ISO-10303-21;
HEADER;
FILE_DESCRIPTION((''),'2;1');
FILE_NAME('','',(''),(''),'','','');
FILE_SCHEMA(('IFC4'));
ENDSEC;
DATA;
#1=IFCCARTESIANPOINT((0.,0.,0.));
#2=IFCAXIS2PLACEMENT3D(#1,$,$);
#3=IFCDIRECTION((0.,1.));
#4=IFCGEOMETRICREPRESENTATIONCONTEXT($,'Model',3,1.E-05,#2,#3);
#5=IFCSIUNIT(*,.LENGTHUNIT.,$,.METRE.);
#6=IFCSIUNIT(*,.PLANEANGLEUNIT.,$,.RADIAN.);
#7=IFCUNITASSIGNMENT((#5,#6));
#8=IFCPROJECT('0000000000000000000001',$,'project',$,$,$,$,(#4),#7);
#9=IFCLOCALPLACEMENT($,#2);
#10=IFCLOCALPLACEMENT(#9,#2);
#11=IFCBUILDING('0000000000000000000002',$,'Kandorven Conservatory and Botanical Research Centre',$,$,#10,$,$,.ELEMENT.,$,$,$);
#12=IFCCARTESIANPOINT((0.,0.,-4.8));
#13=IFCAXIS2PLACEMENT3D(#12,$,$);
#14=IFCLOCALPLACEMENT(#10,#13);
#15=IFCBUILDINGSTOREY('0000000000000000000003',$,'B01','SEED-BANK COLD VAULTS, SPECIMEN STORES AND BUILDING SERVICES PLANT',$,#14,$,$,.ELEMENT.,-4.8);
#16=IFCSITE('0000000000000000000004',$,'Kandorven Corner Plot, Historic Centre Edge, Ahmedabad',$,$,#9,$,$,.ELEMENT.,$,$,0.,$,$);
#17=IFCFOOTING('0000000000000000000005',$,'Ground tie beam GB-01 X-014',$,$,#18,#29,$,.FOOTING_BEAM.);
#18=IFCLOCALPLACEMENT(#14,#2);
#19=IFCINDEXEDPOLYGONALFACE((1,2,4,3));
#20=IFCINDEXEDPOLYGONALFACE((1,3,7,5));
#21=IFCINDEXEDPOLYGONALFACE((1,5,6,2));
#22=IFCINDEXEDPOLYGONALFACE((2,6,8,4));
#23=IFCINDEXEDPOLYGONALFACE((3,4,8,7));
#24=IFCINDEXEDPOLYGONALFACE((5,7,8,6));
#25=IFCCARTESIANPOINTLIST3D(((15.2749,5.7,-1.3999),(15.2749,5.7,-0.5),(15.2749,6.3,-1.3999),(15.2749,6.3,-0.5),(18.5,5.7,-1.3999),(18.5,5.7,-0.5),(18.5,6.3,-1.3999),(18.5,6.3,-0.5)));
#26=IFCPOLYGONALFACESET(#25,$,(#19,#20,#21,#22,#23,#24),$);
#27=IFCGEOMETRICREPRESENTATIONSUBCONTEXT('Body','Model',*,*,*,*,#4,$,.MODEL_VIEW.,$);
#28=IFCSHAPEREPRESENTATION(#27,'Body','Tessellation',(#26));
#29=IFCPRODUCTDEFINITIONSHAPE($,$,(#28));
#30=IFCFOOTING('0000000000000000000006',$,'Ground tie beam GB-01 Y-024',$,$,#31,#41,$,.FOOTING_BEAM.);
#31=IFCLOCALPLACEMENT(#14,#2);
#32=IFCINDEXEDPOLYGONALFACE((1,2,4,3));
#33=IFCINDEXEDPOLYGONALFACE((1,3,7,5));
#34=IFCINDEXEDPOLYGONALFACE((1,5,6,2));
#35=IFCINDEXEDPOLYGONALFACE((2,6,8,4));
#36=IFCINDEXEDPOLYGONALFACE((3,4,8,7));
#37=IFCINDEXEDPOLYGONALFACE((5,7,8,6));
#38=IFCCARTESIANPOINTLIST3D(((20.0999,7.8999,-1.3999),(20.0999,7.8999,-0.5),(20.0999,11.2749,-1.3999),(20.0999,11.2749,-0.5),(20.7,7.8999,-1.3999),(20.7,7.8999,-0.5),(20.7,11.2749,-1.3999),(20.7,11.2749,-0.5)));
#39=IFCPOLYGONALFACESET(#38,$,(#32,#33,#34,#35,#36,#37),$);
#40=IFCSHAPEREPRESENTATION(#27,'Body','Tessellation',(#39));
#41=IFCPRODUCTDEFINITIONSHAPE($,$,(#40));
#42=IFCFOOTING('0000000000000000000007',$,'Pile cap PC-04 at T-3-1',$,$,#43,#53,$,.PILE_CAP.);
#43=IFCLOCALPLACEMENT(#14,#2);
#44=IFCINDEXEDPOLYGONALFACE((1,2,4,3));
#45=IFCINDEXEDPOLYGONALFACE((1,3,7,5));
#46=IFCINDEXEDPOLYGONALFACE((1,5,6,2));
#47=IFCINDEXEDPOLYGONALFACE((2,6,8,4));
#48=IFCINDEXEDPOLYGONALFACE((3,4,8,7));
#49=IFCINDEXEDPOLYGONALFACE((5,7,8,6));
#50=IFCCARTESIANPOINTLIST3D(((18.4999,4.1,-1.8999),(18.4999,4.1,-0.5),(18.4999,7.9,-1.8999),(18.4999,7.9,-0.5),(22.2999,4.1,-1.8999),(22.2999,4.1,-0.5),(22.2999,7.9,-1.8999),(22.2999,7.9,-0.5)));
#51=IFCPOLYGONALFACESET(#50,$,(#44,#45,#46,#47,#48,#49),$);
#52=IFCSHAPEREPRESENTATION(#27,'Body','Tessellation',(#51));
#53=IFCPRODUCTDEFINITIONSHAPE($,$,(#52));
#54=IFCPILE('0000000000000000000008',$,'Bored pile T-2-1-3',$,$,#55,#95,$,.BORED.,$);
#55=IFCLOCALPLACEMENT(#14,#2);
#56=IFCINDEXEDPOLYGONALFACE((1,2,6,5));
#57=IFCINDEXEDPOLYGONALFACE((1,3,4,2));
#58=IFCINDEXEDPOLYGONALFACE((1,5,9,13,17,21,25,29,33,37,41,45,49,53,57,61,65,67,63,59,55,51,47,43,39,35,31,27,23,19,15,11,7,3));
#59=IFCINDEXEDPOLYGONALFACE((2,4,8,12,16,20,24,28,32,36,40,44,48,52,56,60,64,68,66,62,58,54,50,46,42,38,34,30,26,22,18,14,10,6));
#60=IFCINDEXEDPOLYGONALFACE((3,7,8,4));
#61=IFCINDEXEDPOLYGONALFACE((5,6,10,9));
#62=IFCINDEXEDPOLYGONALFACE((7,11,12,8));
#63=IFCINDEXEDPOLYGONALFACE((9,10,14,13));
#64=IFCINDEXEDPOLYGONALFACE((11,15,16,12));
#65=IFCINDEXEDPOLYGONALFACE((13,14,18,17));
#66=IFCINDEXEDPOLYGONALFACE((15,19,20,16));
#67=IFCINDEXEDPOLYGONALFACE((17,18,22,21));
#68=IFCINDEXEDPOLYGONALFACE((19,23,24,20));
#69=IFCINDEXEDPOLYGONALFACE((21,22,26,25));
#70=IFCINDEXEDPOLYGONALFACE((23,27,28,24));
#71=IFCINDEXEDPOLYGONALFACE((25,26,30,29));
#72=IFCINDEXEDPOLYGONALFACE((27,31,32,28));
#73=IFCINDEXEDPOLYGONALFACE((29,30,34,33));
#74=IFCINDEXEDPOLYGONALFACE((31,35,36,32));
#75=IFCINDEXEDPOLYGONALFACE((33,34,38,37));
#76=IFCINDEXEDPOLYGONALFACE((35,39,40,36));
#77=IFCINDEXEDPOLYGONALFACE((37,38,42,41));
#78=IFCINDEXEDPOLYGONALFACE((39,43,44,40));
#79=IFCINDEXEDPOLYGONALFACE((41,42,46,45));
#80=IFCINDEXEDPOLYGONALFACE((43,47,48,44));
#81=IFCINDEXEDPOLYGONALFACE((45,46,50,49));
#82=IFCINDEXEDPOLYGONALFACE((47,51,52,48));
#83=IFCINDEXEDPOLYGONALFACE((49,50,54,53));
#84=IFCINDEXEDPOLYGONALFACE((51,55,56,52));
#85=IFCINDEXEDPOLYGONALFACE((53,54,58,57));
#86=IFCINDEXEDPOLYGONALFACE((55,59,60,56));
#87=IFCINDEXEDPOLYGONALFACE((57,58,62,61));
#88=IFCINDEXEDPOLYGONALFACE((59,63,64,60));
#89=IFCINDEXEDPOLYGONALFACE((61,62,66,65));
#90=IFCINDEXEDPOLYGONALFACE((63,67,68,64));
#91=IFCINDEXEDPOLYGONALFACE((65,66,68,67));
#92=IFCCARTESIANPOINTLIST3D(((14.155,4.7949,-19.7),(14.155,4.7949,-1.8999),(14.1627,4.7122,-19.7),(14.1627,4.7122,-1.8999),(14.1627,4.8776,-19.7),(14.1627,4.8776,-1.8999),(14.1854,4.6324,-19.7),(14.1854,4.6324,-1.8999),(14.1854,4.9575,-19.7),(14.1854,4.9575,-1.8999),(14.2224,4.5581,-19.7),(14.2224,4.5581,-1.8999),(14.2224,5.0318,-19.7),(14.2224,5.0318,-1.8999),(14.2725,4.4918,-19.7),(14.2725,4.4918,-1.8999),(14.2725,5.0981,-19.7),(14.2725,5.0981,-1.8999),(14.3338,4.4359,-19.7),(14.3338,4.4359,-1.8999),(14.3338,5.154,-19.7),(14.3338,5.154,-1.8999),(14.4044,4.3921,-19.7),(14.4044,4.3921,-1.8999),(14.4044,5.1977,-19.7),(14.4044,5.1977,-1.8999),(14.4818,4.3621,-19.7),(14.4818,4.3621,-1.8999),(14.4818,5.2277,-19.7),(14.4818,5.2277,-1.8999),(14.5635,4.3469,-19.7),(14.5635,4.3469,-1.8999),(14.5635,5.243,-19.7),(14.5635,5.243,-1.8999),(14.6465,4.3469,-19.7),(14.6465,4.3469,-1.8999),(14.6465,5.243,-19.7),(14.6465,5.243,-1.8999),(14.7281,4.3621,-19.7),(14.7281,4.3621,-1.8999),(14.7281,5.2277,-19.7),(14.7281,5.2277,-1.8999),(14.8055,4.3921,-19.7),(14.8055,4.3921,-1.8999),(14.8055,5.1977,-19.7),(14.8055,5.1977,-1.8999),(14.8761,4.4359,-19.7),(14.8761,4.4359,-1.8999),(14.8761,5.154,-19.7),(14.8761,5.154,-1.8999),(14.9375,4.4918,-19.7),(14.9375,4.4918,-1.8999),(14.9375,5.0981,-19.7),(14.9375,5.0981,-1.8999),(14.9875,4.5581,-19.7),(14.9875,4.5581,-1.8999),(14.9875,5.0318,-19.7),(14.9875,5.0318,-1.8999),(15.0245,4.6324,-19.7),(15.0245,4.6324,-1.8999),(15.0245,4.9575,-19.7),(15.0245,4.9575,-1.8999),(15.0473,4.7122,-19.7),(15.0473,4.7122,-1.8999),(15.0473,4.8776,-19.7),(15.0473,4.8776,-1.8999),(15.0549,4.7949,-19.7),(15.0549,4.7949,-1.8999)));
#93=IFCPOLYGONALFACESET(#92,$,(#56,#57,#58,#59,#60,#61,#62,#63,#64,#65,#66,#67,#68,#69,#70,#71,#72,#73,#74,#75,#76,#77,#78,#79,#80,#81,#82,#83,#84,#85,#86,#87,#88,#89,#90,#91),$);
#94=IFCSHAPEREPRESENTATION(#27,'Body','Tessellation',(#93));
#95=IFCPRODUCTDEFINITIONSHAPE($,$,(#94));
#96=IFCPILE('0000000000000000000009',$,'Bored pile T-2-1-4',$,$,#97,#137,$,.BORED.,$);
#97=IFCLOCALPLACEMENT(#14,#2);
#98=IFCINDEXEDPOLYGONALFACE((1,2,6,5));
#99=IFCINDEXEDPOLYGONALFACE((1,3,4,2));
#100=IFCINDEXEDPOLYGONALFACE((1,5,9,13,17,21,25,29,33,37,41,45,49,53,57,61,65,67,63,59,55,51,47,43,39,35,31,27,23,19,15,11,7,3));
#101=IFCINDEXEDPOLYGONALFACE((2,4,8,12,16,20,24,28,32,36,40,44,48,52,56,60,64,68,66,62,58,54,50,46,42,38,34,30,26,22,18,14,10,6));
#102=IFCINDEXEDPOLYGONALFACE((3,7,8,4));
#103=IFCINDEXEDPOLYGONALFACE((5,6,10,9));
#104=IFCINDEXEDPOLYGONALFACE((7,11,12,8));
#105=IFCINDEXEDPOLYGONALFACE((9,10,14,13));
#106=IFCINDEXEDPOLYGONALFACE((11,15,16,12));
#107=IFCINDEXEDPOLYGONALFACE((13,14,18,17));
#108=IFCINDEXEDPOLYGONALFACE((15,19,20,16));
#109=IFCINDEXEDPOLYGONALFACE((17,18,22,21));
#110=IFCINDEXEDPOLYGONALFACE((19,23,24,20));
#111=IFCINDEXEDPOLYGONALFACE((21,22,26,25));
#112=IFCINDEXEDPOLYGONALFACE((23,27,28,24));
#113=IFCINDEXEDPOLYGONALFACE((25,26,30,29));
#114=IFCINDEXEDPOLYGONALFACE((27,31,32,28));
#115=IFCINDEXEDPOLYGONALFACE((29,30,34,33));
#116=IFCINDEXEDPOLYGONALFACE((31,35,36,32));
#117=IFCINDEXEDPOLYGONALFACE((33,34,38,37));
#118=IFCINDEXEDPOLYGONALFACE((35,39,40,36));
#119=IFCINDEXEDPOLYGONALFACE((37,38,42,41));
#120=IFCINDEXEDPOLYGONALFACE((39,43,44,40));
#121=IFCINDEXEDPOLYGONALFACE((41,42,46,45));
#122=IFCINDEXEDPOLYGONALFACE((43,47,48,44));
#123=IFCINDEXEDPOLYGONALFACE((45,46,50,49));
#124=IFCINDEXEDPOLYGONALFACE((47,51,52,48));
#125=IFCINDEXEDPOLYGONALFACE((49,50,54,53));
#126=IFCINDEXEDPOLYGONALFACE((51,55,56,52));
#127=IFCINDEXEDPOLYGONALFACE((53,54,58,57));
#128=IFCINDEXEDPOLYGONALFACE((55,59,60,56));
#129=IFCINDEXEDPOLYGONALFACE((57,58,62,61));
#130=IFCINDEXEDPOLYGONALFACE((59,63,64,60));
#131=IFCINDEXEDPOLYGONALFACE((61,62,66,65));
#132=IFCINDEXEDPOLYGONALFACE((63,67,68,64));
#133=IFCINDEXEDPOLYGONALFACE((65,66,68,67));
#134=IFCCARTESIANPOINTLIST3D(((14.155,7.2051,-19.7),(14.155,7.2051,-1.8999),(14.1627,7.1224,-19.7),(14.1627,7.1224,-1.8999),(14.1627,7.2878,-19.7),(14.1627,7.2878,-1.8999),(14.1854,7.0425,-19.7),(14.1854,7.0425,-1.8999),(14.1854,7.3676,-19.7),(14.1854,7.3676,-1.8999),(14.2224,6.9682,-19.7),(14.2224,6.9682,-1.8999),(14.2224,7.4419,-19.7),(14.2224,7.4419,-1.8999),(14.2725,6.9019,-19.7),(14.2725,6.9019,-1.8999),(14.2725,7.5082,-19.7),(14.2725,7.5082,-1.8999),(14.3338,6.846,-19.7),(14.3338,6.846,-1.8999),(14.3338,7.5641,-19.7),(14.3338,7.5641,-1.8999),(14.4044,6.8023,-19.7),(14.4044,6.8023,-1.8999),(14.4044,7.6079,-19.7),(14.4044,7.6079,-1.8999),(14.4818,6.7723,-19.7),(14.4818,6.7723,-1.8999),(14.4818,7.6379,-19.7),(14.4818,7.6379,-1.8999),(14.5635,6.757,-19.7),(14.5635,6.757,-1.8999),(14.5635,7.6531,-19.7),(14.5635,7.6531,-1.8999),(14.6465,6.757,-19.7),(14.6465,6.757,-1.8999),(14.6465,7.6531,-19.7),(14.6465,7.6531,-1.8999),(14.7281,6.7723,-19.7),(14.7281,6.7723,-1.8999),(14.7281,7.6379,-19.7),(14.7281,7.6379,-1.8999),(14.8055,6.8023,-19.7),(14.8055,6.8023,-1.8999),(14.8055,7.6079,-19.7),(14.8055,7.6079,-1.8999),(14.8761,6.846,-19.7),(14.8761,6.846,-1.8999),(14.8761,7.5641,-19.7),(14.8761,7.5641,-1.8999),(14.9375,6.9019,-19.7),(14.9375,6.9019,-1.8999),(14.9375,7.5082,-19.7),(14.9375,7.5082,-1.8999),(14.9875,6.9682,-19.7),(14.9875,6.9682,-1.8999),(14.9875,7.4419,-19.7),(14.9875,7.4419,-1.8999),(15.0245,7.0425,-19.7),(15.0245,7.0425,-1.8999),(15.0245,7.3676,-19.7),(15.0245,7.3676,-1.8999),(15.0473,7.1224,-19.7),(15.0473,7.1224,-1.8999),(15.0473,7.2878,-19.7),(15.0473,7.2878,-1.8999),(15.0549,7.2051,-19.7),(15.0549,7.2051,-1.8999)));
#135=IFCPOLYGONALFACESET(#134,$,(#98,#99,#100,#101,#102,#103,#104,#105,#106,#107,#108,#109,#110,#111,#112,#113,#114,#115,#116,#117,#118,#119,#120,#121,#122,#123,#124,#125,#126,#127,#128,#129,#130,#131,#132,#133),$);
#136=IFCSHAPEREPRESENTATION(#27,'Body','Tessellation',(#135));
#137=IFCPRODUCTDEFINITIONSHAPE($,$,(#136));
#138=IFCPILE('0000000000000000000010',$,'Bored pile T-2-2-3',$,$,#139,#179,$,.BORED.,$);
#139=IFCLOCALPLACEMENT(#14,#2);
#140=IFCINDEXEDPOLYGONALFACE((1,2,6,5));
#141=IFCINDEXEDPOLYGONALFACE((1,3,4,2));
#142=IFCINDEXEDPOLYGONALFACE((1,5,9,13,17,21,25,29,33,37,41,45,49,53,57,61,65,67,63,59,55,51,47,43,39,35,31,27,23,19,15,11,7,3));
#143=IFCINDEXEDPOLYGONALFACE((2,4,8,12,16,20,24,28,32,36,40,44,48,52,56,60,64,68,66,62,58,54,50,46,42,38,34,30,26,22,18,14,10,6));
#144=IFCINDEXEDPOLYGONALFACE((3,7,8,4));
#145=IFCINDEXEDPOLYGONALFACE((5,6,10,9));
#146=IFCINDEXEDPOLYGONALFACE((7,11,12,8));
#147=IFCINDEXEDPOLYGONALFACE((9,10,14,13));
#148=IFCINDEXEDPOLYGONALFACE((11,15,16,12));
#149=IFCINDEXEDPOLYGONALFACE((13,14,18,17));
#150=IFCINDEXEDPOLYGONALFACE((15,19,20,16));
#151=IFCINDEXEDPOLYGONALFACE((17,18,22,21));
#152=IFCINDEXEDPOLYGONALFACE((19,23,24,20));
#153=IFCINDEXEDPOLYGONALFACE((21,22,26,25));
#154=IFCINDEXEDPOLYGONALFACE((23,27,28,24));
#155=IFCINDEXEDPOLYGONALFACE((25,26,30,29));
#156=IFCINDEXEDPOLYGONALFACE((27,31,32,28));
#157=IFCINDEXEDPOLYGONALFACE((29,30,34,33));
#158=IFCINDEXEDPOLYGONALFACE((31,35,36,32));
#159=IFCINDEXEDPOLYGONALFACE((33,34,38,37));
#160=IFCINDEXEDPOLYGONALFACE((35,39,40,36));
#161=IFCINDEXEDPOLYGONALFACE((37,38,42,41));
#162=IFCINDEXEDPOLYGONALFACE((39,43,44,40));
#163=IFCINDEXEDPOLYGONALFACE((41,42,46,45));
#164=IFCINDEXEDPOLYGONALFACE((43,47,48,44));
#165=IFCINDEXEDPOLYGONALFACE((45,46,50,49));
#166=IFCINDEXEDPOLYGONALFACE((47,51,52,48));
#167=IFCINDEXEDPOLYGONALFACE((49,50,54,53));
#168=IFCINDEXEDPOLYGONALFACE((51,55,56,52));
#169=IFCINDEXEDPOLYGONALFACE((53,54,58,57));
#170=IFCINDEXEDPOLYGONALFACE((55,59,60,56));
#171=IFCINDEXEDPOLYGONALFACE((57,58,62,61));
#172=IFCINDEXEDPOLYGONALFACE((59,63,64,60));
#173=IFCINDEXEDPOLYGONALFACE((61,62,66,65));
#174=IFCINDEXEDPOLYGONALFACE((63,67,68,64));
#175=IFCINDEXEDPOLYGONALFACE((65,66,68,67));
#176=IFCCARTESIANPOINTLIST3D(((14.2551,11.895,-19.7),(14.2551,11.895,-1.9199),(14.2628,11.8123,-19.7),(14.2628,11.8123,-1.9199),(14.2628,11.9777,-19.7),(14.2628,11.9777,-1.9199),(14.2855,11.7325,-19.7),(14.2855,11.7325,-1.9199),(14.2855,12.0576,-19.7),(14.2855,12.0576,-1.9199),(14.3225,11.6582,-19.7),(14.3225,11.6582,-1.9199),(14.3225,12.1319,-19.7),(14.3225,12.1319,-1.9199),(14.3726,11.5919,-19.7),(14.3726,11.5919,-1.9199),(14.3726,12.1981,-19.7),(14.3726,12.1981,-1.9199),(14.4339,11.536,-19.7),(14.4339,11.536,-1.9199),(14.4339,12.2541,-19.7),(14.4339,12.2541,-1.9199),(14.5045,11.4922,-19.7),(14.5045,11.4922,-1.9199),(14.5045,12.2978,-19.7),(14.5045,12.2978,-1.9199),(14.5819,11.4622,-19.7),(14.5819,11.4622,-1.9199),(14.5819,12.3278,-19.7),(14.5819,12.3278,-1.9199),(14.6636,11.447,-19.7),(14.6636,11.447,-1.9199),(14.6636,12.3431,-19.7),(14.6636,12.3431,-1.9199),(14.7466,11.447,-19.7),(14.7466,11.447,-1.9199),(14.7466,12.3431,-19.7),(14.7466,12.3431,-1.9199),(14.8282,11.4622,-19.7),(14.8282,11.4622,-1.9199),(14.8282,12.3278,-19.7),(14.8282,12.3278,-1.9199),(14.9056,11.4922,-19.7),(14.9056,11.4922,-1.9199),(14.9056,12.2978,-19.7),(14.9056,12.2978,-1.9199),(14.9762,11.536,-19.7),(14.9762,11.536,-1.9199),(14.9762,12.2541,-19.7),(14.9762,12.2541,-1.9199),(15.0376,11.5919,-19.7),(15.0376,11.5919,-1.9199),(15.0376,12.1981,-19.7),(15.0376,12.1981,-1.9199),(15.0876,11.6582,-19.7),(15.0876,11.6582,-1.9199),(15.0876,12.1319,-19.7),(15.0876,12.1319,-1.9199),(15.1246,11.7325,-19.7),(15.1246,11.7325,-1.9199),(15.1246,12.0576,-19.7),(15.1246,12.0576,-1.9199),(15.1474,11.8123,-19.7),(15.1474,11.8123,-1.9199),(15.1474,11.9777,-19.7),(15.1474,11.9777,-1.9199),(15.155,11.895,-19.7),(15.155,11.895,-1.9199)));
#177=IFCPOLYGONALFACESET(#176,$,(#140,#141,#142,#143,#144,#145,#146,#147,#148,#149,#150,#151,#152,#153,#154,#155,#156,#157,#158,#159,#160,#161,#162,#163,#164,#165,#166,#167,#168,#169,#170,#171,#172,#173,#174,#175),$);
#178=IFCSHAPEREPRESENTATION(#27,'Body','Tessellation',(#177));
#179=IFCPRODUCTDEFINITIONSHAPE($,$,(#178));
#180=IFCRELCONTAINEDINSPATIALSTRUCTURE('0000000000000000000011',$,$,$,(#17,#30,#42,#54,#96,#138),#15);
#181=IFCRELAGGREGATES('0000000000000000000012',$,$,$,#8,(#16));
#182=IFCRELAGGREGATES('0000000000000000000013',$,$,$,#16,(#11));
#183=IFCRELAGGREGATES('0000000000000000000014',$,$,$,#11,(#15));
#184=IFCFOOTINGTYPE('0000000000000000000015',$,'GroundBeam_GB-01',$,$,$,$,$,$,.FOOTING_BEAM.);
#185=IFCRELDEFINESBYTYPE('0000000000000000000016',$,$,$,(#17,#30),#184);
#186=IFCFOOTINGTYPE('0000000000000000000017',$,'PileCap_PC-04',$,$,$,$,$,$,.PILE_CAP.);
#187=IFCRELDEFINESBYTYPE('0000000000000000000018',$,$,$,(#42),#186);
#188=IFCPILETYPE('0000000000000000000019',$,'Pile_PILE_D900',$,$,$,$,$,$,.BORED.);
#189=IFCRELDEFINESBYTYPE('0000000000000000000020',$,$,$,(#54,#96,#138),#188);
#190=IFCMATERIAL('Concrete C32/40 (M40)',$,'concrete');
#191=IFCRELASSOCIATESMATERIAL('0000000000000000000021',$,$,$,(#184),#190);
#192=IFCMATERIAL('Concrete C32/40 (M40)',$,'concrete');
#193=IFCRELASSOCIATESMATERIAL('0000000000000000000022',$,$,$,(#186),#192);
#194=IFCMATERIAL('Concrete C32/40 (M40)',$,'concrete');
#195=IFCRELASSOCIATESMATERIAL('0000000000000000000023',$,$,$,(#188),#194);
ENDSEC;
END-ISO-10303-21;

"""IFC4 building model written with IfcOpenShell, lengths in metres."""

from ifc_helpers import new_model, si_unit, direction, frame, origin, origin_2d, place, context, subcontext, project, spatial, rectangle, circle, extrude, material, material_profile, profile_set, type_object, element, save


model = new_model("IFC4")

# Units and contexts
model_context = context("Model", 3, precision=1e-05, world=origin(), true_north=direction((0.0, 1.0)))
body_context = subcontext(model_context, "Body", "Model", "MODEL_VIEW")
ifc_project = project(units=[si_unit("LENGTHUNIT", "METRE"), si_unit("PLANEANGLEUNIT", "RADIAN")], contexts=[model_context])

# Site, building, storey
site_placement = place(None, origin())
site = spatial("IfcSite", under=ifc_project, at=site_placement, Name="Kandorven Corner Plot, Historic Centre Edge, Ahmedabad", CompositionType="ELEMENT", RefElevation=0.0)
building_placement = place(site_placement, origin())
building = spatial("IfcBuilding", under=site, at=building_placement, Name="Kandorven Conservatory and Botanical Research Centre", CompositionType="ELEMENT")
storey_placement = place(building_placement, frame((0.0, 0.0, -4.8)))
storey = spatial("IfcBuildingStorey", under=building, at=storey_placement, Name="B01", Description="SEED-BANK COLD VAULTS, SPECIMEN STORES AND BUILDING SERVICES PLANT", CompositionType="ELEMENT", Elevation=-4.8)

# Footings
ifc_material_1 = material(Name="Concrete C32/40 (M40)", Category="concrete")
ifc_material_profile_1 = material_profile(ifc_material_1, rectangle(XDim=0.6001, YDim=0.8999, at=origin_2d()))
ifc_profile_set_1 = profile_set([ifc_material_profile_1], Name="Concrete C32/40 (M40)")
footing_type_1 = type_object("IfcFootingType", Name="GroundBeam_GB-01", PredefinedType="FOOTING_BEAM", material=ifc_profile_set_1)
footing_1_placement = place(storey_placement, frame((15.2749, 6.0, -0.95), z_axis=(1.0, 0.0, 0.0), x_axis=(0.0, 1.0, 0.0)))
element("IfcFooting", 1, at=footing_1_placement, inside=storey, type_object=footing_type_1, Name="Ground tie beam GB-01 X-014", PredefinedType="FOOTING_BEAM", context=body_context, shape_type="SweptSolid", body=[
    extrude(rectangle(XDim=0.6001, YDim=0.8999, at=origin_2d()), origin(), (0.0, 0.0, 1.0), 3.2251),
])
footing_2_placement = place(storey_placement, frame((20.3999, 7.8999, -0.95), z_axis=(0.0, 1.0, 0.0), x_axis=(-1.0, 0.0, 0.0)))
element("IfcFooting", 2, at=footing_2_placement, inside=storey, type_object=footing_type_1, Name="Ground tie beam GB-01 Y-024", PredefinedType="FOOTING_BEAM", context=body_context, shape_type="SweptSolid", body=[
    extrude(rectangle(XDim=0.6001, YDim=0.8999, at=origin_2d()), origin(), (0.0, 0.0, 1.0), 3.375),
])
ifc_material_2 = material(Name="Concrete C32/40 (M40)", Category="concrete")
footing_type_2 = type_object("IfcFootingType", Name="PileCap_PC-04", PredefinedType="PILE_CAP", material=ifc_material_2)
footing_3_placement = place(storey_placement, frame((20.3999, 6.0, -1.8999), z_axis=(0.0, 0.0, 1.0), x_axis=(1.0, 0.0, 0.0)))
element("IfcFooting", 3, at=footing_3_placement, inside=storey, type_object=footing_type_2, Name="Pile cap PC-04 at T-3-1", PredefinedType="PILE_CAP", context=body_context, shape_type="SweptSolid", body=[
    extrude(rectangle(XDim=3.8, YDim=3.8, at=origin_2d()), origin(), (0.0, 0.0, 1.0), 1.3999),
])

# Piles
ifc_material_3 = material(Name="Concrete C32/40 (M40)", Category="concrete")
ifc_material_profile_2 = material_profile(ifc_material_3, circle(Radius=0.45, at=origin_2d()))
ifc_profile_set_2 = profile_set([ifc_material_profile_2], Name="Concrete C32/40 (M40)")
pile_type = type_object("IfcPileType", Name="Pile_PILE_D900", PredefinedType="BORED", material=ifc_profile_set_2)
for number, where, z_axis, x_axis, name in (
    (4, (14.605, 4.7949, -1.8999), (0.0, 0.0, -1.0), (1.0, 0.0, 0.0), "Bored pile T-2-1-3"),
    (5, (14.605, 7.2051, -1.8999), (0.0, 0.0, -1.0), (1.0, 0.0, 0.0), "Bored pile T-2-1-4"),
):
    element("IfcPile", number, at=place(storey_placement, frame(where, z_axis=z_axis, x_axis=x_axis)), inside=storey, type_object=pile_type, Name=name, PredefinedType="BORED", context=body_context, shape_type="SweptSolid", body=[
        extrude(circle(Radius=0.45, at=origin_2d()), origin(), (0.0, 0.0, 1.0), 17.8),
    ])
pile_1_placement = place(storey_placement, frame((14.7051, 11.895, -1.9199), z_axis=(0.0, 0.0, -1.0), x_axis=(1.0, 0.0, 0.0)))
element("IfcPile", 6, at=pile_1_placement, inside=storey, type_object=pile_type, Name="Bored pile T-2-2-3", PredefinedType="BORED", context=body_context, shape_type="SweptSolid", body=[
    extrude(circle(Radius=0.45, at=origin_2d()), origin(), (0.0, 0.0, 1.0), 17.78),
])

save(model, "model.ifc")
